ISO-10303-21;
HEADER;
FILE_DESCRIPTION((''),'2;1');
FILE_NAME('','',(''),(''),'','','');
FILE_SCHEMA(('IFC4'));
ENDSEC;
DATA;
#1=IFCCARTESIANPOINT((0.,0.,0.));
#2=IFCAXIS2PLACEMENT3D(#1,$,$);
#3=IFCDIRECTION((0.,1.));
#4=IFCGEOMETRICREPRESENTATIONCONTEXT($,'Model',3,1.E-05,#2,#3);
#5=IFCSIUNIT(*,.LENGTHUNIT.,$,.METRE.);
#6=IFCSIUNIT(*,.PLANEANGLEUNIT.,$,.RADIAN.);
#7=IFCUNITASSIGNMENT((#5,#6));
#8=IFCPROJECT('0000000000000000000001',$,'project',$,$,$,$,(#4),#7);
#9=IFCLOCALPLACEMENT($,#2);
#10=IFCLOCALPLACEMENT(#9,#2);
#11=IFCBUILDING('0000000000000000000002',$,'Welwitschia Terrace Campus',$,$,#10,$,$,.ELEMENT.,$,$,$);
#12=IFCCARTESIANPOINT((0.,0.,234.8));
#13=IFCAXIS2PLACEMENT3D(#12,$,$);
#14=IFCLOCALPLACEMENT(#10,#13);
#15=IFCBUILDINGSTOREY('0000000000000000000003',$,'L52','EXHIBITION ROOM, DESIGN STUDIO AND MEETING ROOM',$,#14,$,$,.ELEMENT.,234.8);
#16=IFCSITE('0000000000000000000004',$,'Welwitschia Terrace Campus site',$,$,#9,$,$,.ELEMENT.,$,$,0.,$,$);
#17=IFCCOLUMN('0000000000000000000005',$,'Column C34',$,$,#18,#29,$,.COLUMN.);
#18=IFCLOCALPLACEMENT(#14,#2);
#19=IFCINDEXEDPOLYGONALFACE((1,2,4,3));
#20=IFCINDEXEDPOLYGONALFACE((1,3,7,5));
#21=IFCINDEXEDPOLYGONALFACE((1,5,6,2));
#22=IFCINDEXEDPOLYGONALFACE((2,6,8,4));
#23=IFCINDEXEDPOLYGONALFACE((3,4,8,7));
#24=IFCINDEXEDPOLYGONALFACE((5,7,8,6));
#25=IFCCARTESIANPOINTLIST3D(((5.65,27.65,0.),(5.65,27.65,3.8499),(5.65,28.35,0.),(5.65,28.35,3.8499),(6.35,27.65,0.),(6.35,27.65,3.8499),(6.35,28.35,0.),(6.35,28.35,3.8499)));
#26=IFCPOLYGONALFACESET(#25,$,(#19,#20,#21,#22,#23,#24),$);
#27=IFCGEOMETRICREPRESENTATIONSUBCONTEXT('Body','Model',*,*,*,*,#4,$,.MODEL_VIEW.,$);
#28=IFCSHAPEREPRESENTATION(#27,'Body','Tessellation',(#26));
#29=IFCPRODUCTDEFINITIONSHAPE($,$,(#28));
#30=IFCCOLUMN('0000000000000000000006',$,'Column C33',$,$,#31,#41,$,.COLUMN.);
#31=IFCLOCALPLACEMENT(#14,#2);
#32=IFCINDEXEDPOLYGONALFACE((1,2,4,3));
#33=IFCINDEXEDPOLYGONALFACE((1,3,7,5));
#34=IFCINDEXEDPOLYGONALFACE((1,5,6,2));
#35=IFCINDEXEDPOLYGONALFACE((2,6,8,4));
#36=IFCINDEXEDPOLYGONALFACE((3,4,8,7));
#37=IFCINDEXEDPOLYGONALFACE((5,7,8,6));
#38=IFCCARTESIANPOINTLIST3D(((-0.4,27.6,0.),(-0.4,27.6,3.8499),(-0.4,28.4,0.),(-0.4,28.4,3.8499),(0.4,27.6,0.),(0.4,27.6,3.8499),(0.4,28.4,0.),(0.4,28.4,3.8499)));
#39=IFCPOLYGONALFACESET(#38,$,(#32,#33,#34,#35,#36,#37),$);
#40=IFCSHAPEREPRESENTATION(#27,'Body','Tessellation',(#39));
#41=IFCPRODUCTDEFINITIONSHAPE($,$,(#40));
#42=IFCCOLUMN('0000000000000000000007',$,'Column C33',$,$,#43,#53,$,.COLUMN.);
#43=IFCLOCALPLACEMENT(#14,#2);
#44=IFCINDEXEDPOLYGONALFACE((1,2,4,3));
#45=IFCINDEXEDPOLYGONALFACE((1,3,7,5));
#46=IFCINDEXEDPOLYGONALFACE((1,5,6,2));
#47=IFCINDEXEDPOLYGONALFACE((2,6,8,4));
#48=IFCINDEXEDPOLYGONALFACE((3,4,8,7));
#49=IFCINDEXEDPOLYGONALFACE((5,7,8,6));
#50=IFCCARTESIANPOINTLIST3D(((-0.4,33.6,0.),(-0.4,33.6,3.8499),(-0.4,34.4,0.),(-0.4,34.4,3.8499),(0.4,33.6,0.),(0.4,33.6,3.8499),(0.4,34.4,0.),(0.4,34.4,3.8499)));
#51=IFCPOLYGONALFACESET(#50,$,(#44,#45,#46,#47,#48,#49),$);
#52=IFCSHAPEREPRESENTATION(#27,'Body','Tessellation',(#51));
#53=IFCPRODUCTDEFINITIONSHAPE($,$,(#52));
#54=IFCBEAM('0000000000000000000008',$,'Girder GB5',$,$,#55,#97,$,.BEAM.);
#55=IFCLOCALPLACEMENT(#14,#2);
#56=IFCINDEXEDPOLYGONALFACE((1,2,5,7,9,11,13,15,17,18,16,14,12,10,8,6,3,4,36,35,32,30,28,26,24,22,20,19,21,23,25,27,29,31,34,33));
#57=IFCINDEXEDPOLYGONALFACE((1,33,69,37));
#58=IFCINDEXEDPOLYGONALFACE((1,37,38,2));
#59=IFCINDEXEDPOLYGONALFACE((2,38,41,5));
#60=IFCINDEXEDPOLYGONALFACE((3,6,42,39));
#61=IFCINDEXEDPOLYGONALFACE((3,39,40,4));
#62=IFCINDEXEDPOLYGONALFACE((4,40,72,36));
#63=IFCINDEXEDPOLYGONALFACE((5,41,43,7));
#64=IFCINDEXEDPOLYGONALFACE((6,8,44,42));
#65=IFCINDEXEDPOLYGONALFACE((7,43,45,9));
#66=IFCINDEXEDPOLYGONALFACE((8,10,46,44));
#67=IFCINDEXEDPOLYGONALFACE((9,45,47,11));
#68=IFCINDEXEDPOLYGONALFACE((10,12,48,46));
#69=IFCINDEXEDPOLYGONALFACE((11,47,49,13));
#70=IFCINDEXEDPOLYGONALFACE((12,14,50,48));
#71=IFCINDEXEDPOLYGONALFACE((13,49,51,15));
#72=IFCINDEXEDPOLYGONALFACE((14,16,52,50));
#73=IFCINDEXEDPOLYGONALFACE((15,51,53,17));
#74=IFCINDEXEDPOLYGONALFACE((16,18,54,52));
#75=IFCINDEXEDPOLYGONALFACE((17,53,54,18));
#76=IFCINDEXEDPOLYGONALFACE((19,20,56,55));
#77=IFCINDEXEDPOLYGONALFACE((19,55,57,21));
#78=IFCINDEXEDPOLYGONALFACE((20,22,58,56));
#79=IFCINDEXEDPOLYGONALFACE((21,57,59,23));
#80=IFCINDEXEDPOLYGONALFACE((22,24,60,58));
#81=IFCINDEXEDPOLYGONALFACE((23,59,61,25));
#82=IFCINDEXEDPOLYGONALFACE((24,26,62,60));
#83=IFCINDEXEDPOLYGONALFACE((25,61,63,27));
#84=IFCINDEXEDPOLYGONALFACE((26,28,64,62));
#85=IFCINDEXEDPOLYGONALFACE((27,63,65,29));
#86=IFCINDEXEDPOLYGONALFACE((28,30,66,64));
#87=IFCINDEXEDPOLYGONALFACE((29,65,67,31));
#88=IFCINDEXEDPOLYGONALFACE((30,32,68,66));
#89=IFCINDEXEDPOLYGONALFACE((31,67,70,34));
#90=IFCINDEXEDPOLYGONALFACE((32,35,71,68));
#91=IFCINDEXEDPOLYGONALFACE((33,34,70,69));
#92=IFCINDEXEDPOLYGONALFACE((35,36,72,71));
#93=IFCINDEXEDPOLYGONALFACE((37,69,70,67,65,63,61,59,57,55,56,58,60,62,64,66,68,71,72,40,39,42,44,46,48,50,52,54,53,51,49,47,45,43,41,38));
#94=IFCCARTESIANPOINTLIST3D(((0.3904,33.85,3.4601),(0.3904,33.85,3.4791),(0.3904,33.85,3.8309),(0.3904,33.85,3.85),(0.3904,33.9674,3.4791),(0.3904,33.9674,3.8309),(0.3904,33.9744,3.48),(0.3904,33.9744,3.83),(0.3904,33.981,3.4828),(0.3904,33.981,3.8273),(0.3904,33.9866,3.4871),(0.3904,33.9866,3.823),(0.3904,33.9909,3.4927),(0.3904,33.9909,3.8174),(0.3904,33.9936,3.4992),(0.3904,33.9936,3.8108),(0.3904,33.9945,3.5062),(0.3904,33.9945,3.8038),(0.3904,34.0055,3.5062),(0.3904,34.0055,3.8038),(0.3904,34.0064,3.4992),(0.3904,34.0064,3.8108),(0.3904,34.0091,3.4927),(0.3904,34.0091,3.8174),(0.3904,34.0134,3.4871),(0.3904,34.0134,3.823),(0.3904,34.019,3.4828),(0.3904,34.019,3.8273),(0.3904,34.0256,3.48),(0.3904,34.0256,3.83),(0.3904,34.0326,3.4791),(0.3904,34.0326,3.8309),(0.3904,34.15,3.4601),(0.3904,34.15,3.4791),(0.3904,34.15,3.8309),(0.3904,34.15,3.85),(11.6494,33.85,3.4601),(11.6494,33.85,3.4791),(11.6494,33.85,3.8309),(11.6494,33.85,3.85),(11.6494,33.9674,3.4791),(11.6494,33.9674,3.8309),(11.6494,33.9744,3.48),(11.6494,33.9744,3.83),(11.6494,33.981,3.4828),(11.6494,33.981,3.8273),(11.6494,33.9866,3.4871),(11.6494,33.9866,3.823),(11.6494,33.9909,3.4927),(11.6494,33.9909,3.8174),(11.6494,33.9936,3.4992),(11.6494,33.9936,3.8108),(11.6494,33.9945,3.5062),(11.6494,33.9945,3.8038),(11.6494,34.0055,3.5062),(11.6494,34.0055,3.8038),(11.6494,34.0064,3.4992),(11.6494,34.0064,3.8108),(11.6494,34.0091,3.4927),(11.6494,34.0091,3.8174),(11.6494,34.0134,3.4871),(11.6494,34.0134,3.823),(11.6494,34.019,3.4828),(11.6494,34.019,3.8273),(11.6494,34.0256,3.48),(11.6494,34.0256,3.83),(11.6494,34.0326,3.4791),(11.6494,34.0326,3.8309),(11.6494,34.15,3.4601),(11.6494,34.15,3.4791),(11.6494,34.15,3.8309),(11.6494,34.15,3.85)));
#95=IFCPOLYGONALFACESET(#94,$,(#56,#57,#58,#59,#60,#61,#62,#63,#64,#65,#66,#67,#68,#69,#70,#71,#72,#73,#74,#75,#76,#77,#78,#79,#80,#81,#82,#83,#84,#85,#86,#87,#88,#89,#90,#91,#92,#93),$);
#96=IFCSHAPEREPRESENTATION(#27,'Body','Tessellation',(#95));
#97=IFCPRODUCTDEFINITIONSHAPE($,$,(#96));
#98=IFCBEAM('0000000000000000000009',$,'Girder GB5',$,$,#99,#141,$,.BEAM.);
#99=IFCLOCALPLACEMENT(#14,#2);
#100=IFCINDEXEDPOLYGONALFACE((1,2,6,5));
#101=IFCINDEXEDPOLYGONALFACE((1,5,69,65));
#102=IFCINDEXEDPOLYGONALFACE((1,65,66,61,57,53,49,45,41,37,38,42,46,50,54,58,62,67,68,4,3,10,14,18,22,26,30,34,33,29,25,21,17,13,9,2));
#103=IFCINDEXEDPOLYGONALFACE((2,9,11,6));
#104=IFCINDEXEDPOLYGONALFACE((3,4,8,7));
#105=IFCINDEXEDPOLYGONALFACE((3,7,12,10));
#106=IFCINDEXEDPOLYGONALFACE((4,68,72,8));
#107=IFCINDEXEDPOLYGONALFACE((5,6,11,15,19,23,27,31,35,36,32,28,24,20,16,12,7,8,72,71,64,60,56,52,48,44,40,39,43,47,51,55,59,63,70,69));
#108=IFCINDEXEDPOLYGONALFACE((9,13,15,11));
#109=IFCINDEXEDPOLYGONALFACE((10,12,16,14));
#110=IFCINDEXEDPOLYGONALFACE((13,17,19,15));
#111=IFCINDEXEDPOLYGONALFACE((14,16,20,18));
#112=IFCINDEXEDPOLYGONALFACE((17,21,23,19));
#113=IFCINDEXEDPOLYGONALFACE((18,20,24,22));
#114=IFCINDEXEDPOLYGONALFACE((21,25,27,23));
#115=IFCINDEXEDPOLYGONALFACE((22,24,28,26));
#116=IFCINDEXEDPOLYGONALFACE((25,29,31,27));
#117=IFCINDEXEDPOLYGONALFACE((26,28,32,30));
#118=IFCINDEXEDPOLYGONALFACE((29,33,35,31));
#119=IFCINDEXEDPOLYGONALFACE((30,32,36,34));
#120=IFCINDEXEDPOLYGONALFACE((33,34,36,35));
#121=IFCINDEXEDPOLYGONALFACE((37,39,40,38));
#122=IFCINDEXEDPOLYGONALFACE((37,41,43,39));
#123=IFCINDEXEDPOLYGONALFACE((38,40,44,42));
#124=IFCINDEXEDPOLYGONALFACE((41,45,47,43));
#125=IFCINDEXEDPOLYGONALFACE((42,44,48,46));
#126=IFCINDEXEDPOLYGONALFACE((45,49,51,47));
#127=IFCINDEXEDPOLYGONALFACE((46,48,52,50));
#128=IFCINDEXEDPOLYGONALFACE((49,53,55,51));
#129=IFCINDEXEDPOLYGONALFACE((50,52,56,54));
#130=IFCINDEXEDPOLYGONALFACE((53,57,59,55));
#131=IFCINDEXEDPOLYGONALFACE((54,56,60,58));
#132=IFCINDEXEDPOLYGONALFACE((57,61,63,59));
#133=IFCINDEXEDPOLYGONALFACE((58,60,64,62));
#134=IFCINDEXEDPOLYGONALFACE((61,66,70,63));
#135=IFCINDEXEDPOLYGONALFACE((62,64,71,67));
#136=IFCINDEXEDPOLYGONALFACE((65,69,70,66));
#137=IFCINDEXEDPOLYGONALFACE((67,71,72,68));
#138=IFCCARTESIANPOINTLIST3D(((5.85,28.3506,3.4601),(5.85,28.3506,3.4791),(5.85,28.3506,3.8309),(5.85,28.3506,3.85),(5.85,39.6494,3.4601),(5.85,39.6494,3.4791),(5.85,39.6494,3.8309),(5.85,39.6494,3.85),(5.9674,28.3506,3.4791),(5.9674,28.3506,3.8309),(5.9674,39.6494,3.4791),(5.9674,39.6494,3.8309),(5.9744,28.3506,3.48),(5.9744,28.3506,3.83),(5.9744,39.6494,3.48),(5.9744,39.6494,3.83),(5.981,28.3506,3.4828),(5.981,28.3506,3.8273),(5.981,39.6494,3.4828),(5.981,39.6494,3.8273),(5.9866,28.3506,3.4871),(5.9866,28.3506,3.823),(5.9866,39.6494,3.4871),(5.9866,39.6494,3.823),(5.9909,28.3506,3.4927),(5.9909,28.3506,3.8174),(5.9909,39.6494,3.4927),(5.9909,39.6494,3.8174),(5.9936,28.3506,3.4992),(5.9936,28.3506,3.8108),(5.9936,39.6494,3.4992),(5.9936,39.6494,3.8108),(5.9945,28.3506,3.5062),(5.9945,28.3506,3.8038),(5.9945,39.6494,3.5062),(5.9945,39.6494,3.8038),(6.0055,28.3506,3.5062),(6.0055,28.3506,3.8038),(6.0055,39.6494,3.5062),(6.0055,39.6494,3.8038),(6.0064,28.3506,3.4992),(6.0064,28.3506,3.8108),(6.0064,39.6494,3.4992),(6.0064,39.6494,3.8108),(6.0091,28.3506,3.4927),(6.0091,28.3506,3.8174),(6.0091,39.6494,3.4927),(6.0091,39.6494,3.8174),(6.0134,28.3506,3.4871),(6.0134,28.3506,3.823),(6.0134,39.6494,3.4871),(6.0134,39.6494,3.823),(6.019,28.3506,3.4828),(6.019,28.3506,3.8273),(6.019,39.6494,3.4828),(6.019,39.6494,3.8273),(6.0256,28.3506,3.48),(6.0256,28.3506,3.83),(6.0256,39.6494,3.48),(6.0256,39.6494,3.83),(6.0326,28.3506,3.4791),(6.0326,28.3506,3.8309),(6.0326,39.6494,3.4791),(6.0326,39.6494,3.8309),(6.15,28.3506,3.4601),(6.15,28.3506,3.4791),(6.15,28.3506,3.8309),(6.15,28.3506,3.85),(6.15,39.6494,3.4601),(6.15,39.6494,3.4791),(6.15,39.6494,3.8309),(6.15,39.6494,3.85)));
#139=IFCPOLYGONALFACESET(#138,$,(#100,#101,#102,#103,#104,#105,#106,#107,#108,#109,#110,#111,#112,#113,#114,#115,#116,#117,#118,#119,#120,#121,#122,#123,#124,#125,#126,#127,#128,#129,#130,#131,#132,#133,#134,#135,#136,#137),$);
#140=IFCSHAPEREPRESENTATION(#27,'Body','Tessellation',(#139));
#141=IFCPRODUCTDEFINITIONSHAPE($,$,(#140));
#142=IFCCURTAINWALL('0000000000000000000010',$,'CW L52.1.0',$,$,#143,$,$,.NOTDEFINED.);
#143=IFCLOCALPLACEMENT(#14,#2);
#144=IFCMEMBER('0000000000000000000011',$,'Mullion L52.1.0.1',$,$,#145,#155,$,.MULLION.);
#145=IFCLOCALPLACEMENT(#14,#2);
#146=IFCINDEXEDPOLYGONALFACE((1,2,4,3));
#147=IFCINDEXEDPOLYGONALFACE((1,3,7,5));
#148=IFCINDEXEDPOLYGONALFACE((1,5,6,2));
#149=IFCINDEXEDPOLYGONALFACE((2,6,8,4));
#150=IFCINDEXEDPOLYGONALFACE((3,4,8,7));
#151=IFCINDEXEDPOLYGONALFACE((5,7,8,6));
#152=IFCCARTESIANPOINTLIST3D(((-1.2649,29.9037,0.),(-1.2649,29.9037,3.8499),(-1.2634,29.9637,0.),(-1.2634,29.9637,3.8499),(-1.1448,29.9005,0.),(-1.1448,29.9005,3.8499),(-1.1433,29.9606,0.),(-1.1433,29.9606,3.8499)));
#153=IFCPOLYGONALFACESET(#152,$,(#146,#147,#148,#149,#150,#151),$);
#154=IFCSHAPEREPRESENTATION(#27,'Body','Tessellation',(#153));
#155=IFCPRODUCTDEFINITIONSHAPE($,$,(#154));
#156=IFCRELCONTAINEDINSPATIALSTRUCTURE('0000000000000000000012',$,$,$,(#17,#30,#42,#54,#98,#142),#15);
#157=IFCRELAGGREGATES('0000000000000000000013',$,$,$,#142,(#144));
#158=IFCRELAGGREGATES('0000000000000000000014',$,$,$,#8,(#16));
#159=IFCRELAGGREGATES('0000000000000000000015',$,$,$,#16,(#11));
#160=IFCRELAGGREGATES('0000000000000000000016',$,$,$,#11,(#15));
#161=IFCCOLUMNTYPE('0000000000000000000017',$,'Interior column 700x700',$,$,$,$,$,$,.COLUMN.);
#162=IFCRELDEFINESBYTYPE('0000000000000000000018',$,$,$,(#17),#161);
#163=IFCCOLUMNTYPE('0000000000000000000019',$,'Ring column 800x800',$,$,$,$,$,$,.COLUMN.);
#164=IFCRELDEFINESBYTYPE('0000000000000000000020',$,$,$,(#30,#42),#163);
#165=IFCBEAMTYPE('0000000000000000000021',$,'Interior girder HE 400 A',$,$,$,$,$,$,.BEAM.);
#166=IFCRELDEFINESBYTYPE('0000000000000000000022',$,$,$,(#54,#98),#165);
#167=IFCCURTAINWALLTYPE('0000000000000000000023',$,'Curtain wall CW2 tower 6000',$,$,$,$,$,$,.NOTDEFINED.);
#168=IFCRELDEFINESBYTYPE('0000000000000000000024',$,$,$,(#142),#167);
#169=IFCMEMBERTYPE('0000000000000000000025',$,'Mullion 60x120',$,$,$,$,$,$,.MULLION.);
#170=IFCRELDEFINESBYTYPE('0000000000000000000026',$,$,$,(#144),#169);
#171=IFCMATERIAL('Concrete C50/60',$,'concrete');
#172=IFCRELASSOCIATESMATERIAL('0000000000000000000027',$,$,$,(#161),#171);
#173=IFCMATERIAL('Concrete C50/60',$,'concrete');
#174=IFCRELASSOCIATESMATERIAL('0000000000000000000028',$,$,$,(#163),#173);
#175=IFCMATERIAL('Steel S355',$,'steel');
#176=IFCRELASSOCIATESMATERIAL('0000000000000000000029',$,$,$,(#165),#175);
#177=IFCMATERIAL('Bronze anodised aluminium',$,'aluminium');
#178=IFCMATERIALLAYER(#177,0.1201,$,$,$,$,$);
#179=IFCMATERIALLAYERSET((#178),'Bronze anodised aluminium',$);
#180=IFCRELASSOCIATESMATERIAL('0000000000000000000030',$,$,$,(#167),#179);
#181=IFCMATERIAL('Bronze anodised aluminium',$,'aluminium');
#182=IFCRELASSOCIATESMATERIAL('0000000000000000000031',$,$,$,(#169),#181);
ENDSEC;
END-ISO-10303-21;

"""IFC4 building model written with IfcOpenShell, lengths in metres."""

from ifc_helpers import new_model, si_unit, direction, frame, origin, origin_2d, place, context, subcontext, project, spatial, rectangle, i_section, extrude, material, layer, layer_set, material_profile, profile_set, type_object, element, aggregate, save


model = new_model("IFC4")

# Units and contexts
model_context = context("Model", 3, precision=1e-05, world=origin(), true_north=direction((0.0, 1.0)))
body_context = subcontext(model_context, "Body", "Model", "MODEL_VIEW")
ifc_project = project(units=[si_unit("LENGTHUNIT", "METRE"), si_unit("PLANEANGLEUNIT", "RADIAN")], contexts=[model_context])

# Site, building, storey
site_placement = place(None, origin())
site = spatial("IfcSite", under=ifc_project, at=site_placement, Name="Welwitschia Terrace Campus site", CompositionType="ELEMENT", RefElevation=0.0)
building_placement = place(site_placement, origin())
building = spatial("IfcBuilding", under=site, at=building_placement, Name="Welwitschia Terrace Campus", CompositionType="ELEMENT")
storey_placement = place(building_placement, frame((0.0, 0.0, 234.8)))
storey = spatial("IfcBuildingStorey", under=building, at=storey_placement, Name="L52", Description="EXHIBITION ROOM, DESIGN STUDIO AND MEETING ROOM", CompositionType="ELEMENT", Elevation=234.8)

# Columns
ifc_material_1 = material(Name="Concrete C50/60", Category="concrete")
ifc_material_profile_1 = material_profile(ifc_material_1, rectangle(XDim=0.7, YDim=0.7, at=origin_2d()))
ifc_profile_set_1 = profile_set([ifc_material_profile_1], Name="Concrete C50/60")
column_type_1 = type_object("IfcColumnType", Name="Interior column 700x700", PredefinedType="COLUMN", material=ifc_profile_set_1)
column_placement = place(storey_placement, frame((6.0, 28.0, 0.0), z_axis=(0.0, 0.0, 1.0), x_axis=(1.0, 0.0, 0.0)))
element("IfcColumn", 1, at=column_placement, inside=storey, type_object=column_type_1, Name="Column C34", PredefinedType="COLUMN", context=body_context, shape_type="SweptSolid", body=[
    extrude(rectangle(XDim=0.7, YDim=0.7, at=origin_2d()), origin(), (0.0, 0.0, 1.0), 3.8499),
])
ifc_material_2 = material(Name="Concrete C50/60", Category="concrete")
ifc_material_profile_2 = material_profile(ifc_material_2, rectangle(XDim=0.8, YDim=0.8, at=origin_2d()))
ifc_profile_set_2 = profile_set([ifc_material_profile_2], Name="Concrete C50/60")
column_type_2 = type_object("IfcColumnType", Name="Ring column 800x800", PredefinedType="COLUMN", material=ifc_profile_set_2)
for number, where, z_axis, x_axis, name in (
    (2, (0.0, 28.0, 0.0), (0.0, 0.0, 1.0), (1.0, 0.0, 0.0), "Column C33"),
    (3, (0.0, 34.0, 0.0), (0.0, 0.0, 1.0), (1.0, 0.0, 0.0), "Column C33"),
):
    element("IfcColumn", number, at=place(storey_placement, frame(where, z_axis=z_axis, x_axis=x_axis)), inside=storey, type_object=column_type_2, Name=name, PredefinedType="COLUMN", context=body_context, shape_type="SweptSolid", body=[
        extrude(rectangle(XDim=0.8, YDim=0.8, at=origin_2d()), origin(), (0.0, 0.0, 1.0), 3.8499),
    ])

# Beams
ifc_material_3 = material(Name="Steel S355", Category="steel")
ifc_material_profile_3 = material_profile(ifc_material_3, i_section(OverallWidth=0.3, OverallDepth=0.3899, WebThickness=0.011, FlangeThickness=0.019, FilletRadius=0.0271, at=origin_2d()))
ifc_profile_set_3 = profile_set([ifc_material_profile_3], Name="Steel S355")
beam_type_1 = type_object("IfcBeamType", Name="Interior girder HE 400 A", PredefinedType="BEAM", material=ifc_profile_set_3)
beam_1_placement = place(storey_placement, frame((0.3904, 34.0, 3.655), z_axis=(1.0, 0.0, 0.0), x_axis=(0.0, 1.0, 0.0)))
element("IfcBeam", 4, at=beam_1_placement, inside=storey, type_object=beam_type_1, Name="Girder GB5", PredefinedType="BEAM", context=body_context, shape_type="SweptSolid", body=[
    extrude(i_section(OverallWidth=0.3, OverallDepth=0.3899, WebThickness=0.011, FlangeThickness=0.019, FilletRadius=0.0271, at=origin_2d()), origin(), (0.0, 0.0, 1.0), 11.259),
])
beam_2_placement = place(storey_placement, frame((6.0, 28.3506, 3.655), z_axis=(0.0, 1.0, 0.0), x_axis=(-1.0, 0.0, 0.0)))
element("IfcBeam", 5, at=beam_2_placement, inside=storey, type_object=beam_type_1, Name="Girder GB5", PredefinedType="BEAM", context=body_context, shape_type="SweptSolid", body=[
    extrude(i_section(OverallWidth=0.3, OverallDepth=0.3899, WebThickness=0.011, FlangeThickness=0.019, FilletRadius=0.0271, at=origin_2d()), origin(), (0.0, 0.0, 1.0), 11.2988),
])

# Curtain wall, member
ifc_material_4 = material(Name="Bronze anodised aluminium", Category="aluminium")
ifc_layer_1 = layer(ifc_material_4, 0.1201)
ifc_layer_set_1 = layer_set([ifc_layer_1], Name="Bronze anodised aluminium")
curtain_wall_type = type_object("IfcCurtainWallType", Name="Curtain wall CW2 tower 6000", PredefinedType="NOTDEFINED", material=ifc_layer_set_1)
curtain_wall_placement = place(storey_placement, origin())
curtain_wall = element("IfcCurtainWall", 6, at=curtain_wall_placement, inside=storey, type_object=curtain_wall_type, Name="CW L52.1.0", PredefinedType="NOTDEFINED")
ifc_material_5 = material(Name="Bronze anodised aluminium", Category="aluminium")
ifc_material_profile_4 = material_profile(ifc_material_5, rectangle(XDim=0.1201, YDim=0.0601, at=origin_2d()))
ifc_profile_set_4 = profile_set([ifc_material_profile_4], Name="Bronze anodised aluminium")
member_type = type_object("IfcMemberType", Name="Mullion 60x120", PredefinedType="MULLION", material=ifc_profile_set_4)
member_placement = place(storey_placement, frame((-1.2041, 29.9321, 0.0), z_axis=(0.0, 0.0, 1.0), x_axis=(0.999657, -0.026177, 0.0)))
member = element("IfcMember", 7, at=member_placement, type_object=member_type, Name="Mullion L52.1.0.1", PredefinedType="MULLION", context=body_context, shape_type="SweptSolid", body=[
    extrude(rectangle(XDim=0.1201, YDim=0.0601, at=origin_2d()), origin(), (0.0, 0.0, 1.0), 3.8499),
])

aggregate(curtain_wall, [member])

save(model, "model.ifc")
